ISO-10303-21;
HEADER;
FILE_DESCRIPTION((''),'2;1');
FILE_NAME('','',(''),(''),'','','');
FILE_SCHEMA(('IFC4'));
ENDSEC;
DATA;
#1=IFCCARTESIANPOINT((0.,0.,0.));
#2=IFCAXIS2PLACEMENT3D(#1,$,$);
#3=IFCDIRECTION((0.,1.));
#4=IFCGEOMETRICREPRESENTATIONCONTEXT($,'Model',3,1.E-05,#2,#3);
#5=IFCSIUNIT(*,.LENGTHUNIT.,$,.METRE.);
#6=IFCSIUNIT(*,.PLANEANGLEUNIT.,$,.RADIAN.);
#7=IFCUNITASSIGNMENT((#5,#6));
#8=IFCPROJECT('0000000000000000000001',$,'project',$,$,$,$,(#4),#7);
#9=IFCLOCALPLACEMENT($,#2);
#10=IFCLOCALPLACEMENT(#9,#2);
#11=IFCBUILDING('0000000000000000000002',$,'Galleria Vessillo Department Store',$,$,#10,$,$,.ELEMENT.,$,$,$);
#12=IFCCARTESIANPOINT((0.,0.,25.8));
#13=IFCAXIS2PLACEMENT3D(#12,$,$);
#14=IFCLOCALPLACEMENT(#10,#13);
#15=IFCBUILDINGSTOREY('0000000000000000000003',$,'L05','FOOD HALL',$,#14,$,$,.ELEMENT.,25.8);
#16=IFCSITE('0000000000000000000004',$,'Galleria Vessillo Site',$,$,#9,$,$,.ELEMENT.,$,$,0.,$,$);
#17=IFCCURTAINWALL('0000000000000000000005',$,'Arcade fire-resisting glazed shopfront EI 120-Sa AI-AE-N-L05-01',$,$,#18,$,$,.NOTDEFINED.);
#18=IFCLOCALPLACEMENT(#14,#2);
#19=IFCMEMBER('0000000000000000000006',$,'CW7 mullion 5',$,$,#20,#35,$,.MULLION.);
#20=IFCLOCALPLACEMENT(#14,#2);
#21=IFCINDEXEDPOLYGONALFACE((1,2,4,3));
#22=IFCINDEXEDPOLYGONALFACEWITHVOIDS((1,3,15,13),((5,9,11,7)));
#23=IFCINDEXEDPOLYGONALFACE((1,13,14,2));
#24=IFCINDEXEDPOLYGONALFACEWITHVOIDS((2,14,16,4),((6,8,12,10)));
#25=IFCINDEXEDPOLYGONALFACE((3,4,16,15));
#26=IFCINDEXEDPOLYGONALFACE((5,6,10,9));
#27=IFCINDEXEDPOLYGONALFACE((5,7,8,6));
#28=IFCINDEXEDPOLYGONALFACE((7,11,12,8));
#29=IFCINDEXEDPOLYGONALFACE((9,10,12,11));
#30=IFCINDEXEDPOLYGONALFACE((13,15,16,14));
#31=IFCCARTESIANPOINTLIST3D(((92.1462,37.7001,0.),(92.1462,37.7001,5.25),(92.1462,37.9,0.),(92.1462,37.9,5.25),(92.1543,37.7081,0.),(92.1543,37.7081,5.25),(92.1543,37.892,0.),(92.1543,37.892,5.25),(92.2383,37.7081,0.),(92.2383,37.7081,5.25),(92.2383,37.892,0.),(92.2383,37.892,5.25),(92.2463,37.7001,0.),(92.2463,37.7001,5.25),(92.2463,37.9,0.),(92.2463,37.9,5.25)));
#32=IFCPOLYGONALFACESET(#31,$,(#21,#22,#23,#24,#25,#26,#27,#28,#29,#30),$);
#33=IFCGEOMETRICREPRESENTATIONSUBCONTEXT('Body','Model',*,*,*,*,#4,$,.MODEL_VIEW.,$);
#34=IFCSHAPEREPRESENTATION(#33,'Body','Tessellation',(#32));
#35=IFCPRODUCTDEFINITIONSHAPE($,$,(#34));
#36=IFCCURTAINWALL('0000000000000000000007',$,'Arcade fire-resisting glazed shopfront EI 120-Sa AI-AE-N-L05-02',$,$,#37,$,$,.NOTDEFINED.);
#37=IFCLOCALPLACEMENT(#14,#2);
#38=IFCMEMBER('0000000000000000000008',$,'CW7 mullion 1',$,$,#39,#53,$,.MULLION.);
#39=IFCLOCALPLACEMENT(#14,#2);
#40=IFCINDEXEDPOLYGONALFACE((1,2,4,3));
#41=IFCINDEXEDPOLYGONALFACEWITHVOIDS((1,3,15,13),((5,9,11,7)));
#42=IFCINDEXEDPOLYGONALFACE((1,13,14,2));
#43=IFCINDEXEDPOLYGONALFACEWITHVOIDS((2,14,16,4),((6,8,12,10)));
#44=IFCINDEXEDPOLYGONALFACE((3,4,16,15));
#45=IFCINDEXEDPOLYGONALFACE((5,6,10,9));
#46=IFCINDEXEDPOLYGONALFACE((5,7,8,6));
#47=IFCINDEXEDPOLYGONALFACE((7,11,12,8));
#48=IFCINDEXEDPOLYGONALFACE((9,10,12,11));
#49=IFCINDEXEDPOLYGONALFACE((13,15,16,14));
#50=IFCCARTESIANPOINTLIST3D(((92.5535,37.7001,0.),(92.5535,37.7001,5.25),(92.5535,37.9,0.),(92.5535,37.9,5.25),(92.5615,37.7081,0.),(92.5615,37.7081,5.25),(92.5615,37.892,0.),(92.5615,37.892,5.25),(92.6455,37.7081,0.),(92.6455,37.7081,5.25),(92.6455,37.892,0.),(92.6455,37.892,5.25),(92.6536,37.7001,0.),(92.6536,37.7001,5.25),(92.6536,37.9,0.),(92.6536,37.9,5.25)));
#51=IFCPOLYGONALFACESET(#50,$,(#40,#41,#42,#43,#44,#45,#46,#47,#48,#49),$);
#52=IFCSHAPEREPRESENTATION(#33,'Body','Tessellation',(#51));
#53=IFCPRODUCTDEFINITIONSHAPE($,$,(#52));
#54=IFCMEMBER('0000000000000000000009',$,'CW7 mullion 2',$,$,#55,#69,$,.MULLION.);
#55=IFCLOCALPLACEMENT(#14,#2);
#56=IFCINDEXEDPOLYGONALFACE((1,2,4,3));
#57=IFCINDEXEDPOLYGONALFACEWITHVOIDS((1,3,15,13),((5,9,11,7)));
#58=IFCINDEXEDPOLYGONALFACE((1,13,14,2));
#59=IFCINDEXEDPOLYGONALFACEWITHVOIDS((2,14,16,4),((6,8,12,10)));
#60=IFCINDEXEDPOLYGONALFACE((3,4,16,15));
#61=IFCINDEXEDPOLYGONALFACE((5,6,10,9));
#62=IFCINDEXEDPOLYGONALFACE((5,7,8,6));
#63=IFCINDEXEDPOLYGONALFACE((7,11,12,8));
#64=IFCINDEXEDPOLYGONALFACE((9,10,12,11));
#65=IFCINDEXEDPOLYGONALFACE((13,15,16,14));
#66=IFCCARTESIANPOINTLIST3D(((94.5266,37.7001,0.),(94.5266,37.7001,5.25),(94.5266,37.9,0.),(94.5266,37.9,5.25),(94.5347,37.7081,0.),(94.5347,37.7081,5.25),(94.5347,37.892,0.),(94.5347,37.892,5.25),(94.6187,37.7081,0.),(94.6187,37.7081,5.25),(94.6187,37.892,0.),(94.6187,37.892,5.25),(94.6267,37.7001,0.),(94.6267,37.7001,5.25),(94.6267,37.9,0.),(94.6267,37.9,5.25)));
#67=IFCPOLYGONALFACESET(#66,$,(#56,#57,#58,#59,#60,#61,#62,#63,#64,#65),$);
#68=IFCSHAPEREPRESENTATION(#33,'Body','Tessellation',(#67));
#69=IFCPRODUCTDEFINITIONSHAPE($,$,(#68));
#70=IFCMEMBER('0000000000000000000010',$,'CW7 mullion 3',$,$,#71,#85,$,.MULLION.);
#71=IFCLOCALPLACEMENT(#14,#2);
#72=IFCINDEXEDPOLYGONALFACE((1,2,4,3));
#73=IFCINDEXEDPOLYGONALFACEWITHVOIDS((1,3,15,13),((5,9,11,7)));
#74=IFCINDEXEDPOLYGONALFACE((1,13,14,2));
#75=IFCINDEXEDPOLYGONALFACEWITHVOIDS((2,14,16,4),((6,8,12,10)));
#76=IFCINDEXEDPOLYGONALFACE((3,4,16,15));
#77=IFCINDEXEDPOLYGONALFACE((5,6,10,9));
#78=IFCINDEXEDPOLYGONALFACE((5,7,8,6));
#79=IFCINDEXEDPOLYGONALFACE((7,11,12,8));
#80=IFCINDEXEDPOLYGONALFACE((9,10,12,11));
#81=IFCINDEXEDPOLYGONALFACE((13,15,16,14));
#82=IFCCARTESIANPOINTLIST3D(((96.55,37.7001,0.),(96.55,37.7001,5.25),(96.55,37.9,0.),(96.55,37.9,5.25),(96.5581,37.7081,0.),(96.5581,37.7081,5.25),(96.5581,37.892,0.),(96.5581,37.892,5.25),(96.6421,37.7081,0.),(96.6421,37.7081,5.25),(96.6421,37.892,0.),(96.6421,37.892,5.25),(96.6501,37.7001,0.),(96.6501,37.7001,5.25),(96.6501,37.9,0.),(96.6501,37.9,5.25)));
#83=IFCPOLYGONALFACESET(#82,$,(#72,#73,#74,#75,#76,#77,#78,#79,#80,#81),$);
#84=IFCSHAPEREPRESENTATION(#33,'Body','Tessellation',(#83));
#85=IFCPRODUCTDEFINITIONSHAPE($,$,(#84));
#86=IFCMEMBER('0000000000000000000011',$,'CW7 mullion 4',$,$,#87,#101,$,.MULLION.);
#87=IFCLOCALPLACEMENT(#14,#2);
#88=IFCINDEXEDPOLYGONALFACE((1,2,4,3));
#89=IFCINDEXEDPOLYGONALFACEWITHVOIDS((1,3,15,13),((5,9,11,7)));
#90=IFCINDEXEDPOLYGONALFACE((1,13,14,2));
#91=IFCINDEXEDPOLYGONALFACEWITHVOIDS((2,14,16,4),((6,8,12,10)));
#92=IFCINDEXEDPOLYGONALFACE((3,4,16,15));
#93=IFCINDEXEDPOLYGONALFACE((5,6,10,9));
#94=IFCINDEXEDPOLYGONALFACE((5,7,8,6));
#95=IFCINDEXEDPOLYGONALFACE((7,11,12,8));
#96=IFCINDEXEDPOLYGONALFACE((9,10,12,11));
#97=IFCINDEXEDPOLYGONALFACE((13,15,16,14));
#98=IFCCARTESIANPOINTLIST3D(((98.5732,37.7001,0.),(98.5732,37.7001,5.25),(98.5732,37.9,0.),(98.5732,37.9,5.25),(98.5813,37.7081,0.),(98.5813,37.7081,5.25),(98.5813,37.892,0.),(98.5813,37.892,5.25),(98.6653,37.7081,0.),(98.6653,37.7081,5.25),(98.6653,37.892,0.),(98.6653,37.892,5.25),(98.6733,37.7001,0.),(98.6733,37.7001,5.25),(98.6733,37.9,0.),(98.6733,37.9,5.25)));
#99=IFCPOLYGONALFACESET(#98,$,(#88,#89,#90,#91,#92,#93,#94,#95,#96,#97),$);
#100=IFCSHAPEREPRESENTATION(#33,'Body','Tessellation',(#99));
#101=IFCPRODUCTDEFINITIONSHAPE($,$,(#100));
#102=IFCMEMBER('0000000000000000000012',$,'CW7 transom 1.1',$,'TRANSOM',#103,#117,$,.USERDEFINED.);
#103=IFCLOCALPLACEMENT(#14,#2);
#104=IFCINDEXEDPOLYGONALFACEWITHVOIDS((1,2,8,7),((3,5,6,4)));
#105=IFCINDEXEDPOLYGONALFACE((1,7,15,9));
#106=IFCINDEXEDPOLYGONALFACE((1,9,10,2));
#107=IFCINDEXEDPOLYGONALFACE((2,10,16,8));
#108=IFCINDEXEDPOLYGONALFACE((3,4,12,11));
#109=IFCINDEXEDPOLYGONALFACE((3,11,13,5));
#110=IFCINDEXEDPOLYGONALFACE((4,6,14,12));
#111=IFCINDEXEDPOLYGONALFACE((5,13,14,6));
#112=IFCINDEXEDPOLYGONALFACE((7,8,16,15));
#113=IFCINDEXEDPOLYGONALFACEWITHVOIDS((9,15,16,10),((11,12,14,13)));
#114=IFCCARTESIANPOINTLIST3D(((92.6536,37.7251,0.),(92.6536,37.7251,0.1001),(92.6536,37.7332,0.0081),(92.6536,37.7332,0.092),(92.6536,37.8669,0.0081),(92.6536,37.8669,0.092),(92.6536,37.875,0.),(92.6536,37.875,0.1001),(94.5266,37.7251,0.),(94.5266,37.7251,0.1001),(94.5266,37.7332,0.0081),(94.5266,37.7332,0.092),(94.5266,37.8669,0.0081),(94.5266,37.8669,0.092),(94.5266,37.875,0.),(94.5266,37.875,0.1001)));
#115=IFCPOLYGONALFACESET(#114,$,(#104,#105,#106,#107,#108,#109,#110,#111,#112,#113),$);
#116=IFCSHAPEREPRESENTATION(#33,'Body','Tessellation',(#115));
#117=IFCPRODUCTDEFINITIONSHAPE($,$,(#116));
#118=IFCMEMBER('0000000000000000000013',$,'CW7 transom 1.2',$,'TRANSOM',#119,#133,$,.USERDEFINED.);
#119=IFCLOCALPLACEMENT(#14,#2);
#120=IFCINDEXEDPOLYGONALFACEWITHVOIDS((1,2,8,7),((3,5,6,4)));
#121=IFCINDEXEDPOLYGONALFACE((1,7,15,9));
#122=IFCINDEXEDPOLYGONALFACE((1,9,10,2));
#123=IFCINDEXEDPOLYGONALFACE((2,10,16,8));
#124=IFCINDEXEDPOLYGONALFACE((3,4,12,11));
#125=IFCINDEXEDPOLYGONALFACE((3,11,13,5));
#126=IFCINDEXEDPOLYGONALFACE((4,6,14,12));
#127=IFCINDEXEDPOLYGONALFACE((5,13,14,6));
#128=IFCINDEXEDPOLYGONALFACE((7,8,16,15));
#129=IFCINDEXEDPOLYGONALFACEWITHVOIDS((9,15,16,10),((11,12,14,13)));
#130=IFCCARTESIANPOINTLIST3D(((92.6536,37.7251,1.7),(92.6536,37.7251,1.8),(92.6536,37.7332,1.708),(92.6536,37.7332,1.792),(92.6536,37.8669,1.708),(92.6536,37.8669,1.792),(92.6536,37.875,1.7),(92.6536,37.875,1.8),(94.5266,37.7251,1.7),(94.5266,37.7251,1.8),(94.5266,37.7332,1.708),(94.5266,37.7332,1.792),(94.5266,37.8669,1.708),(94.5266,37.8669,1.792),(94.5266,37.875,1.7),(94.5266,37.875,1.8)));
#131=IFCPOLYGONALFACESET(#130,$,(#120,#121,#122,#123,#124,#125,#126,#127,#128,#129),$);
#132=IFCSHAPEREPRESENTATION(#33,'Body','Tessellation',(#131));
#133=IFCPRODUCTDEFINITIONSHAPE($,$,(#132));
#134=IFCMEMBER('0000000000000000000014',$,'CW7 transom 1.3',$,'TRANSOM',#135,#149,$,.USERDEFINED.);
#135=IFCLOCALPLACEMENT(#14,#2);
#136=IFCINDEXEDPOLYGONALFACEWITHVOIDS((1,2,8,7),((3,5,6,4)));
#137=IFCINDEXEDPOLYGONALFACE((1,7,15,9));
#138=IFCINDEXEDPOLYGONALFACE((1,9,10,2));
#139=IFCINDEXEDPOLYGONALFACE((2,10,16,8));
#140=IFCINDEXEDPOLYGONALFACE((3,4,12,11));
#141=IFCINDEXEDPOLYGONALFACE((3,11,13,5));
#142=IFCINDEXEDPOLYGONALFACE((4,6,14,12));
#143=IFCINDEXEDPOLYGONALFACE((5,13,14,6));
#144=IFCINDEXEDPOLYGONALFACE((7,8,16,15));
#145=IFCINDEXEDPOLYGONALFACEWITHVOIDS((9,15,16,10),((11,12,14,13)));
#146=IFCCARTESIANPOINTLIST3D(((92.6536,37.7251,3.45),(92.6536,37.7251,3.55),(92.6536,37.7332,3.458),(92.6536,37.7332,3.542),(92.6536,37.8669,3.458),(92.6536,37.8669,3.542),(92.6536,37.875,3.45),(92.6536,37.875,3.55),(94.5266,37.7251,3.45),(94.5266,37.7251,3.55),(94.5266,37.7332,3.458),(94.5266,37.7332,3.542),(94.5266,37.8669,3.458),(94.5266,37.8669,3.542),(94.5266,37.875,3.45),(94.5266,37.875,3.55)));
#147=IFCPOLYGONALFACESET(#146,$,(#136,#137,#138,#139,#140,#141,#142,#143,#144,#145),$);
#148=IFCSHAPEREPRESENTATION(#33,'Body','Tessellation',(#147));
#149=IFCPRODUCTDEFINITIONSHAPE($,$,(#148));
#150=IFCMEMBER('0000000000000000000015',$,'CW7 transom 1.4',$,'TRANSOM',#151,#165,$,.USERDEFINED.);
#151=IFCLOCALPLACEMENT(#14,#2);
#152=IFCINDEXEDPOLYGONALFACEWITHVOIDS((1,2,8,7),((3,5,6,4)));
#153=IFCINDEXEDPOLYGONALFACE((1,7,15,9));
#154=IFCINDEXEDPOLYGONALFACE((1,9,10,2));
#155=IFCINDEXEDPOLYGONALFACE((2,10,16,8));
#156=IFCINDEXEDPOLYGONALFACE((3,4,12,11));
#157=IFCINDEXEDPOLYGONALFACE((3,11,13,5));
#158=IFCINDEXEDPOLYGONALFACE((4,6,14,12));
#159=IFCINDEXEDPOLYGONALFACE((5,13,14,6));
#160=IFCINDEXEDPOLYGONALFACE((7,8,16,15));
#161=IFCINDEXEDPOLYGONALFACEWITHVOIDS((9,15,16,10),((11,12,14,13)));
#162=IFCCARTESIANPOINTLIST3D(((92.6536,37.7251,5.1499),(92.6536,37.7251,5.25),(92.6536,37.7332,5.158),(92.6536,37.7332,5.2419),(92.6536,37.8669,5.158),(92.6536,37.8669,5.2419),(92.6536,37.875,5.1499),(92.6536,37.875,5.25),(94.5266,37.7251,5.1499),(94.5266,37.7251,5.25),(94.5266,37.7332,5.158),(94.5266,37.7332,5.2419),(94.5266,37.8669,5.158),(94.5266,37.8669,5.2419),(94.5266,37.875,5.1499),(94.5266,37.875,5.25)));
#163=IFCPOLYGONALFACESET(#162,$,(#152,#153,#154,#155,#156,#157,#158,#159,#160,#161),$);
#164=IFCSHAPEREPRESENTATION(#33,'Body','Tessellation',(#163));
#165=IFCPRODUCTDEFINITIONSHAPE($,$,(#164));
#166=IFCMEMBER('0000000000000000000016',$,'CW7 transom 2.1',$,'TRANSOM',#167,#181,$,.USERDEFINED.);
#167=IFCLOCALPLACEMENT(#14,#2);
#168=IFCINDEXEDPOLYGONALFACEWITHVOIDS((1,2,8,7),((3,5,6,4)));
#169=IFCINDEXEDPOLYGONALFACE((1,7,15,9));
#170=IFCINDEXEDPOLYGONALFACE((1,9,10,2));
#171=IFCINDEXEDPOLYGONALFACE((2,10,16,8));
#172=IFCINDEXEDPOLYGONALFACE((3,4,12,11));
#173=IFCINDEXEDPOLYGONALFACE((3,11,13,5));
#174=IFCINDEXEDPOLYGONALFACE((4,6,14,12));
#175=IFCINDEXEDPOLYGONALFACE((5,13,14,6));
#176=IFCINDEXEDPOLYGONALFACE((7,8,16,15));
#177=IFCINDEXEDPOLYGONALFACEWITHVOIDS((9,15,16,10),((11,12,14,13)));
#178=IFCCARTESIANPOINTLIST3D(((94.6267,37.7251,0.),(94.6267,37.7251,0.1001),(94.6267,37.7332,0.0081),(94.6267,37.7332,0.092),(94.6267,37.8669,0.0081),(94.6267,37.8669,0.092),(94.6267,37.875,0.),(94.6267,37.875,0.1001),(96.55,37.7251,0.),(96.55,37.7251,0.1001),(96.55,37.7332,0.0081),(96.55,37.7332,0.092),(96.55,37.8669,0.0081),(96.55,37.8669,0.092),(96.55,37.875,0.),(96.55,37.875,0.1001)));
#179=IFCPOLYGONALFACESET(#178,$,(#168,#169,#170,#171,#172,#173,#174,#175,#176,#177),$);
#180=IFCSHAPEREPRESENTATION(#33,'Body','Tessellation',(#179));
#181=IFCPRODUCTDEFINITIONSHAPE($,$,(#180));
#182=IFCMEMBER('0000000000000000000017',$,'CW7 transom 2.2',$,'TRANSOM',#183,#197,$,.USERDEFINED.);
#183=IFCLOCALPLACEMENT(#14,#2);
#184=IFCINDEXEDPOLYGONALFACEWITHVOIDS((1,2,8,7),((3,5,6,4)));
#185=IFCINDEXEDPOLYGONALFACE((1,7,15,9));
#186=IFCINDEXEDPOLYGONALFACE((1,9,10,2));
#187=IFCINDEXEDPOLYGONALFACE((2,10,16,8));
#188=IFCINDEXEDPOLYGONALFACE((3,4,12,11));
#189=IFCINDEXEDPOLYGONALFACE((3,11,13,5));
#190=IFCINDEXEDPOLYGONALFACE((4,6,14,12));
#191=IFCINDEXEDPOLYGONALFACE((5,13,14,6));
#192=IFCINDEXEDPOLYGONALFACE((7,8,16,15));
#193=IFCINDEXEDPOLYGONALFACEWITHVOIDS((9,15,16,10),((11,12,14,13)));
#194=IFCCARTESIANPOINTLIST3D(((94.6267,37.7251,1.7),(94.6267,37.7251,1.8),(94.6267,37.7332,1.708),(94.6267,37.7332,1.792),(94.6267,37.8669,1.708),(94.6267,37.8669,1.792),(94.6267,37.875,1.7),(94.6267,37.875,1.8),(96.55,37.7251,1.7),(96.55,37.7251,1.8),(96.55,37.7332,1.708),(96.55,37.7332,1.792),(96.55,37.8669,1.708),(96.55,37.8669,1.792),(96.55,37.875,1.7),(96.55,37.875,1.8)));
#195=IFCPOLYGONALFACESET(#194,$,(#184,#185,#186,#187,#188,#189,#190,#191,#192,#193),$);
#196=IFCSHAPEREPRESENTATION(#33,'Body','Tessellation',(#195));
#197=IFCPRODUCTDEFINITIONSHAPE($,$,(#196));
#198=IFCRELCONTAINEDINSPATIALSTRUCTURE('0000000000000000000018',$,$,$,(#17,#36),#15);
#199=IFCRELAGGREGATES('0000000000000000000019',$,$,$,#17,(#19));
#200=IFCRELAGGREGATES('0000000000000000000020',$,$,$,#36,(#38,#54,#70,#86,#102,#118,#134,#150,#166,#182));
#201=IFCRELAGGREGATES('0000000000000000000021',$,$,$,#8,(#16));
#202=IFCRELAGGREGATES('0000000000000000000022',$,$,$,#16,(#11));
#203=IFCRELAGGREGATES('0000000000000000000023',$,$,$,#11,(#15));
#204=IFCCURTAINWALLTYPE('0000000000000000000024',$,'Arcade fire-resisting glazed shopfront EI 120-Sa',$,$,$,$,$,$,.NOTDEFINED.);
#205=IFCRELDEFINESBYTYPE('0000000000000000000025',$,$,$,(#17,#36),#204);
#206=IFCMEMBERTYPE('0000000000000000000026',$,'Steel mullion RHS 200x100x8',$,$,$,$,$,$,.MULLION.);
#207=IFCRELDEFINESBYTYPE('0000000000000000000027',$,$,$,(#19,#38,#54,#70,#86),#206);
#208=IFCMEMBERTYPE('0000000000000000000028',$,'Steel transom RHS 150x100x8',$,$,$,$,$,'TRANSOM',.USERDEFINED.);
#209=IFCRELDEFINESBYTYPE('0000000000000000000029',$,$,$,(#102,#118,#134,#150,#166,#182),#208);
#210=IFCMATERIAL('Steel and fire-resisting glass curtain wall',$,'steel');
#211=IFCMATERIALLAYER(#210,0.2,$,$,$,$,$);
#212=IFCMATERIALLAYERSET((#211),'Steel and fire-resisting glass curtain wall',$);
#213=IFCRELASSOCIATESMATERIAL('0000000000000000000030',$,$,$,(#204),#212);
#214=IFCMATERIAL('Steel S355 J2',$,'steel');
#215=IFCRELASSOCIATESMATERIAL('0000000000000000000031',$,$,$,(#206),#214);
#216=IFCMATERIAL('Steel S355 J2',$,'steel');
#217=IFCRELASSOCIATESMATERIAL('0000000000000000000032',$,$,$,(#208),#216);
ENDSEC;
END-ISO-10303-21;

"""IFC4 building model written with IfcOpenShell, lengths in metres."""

from ifc_helpers import new_model, si_unit, direction, frame, origin, origin_2d, place, context, subcontext, project, spatial, hollow_rectangle, extrude, material, layer, layer_set, material_profile, profile_set, type_object, element, aggregate, save


model = new_model("IFC4")

# Units and contexts
model_context = context("Model", 3, precision=1e-05, world=origin(), true_north=direction((0.0, 1.0)))
body_context = subcontext(model_context, "Body", "Model", "MODEL_VIEW")
ifc_project = project(units=[si_unit("LENGTHUNIT", "METRE"), si_unit("PLANEANGLEUNIT", "RADIAN")], contexts=[model_context])

# Site, building, storey
site_placement = place(None, origin())
site = spatial("IfcSite", under=ifc_project, at=site_placement, Name="Galleria Vessillo Site", CompositionType="ELEMENT", RefElevation=0.0)
building_placement = place(site_placement, origin())
building = spatial("IfcBuilding", under=site, at=building_placement, Name="Galleria Vessillo Department Store", CompositionType="ELEMENT")
storey_placement = place(building_placement, frame((0.0, 0.0, 25.8)))
storey = spatial("IfcBuildingStorey", under=building, at=storey_placement, Name="L05", Description="FOOD HALL", CompositionType="ELEMENT", Elevation=25.8)

# Curtain wall, member
ifc_material_1 = material(Name="Steel and fire-resisting glass curtain wall", Category="steel")
ifc_layer_1 = layer(ifc_material_1, 0.2)
ifc_layer_set_1 = layer_set([ifc_layer_1], Name="Steel and fire-resisting glass curtain wall")
curtain_wall_type = type_object("IfcCurtainWallType", Name="Arcade fire-resisting glazed shopfront EI 120-Sa", PredefinedType="NOTDEFINED", material=ifc_layer_set_1)
curtain_wall_1_placement = place(storey_placement, origin())
curtain_wall_1 = element("IfcCurtainWall", 1, at=curtain_wall_1_placement, inside=storey, type_object=curtain_wall_type, Name="Arcade fire-resisting glazed shopfront EI 120-Sa AI-AE-N-L05-01", PredefinedType="NOTDEFINED")
ifc_material_2 = material(Name="Steel S355 J2", Category="steel")
ifc_material_profile_1 = material_profile(ifc_material_2, hollow_rectangle(XDim=0.2, YDim=0.1001, WallThickness=0.0081, at=origin_2d()), Name="RHS 200x100x8")
ifc_profile_set_1 = profile_set([ifc_material_profile_1], Name="Steel S355 J2")
member_type_1 = type_object("IfcMemberType", Name="Steel mullion RHS 200x100x8", PredefinedType="MULLION", material=ifc_profile_set_1)
member_1_placement = place(storey_placement, frame((92.1963, 37.8, 0.0), z_axis=(0.0, 0.0, 1.0), x_axis=(0.0, 1.0, 0.0)))
member_1 = element("IfcMember", 2, at=member_1_placement, type_object=member_type_1, Name="CW7 mullion 5", PredefinedType="MULLION", context=body_context, shape_type="SweptSolid", body=[
    extrude(hollow_rectangle(XDim=0.2, YDim=0.1001, WallThickness=0.0081, at=origin_2d()), origin(), (0.0, 0.0, 1.0), 5.25),
])

# Curtain wall, members
curtain_wall_2_placement = place(storey_placement, origin())
curtain_wall_2 = element("IfcCurtainWall", 3, at=curtain_wall_2_placement, inside=storey, type_object=curtain_wall_type, Name="Arcade fire-resisting glazed shopfront EI 120-Sa AI-AE-N-L05-02", PredefinedType="NOTDEFINED")
member_2_placement = place(storey_placement, frame((92.6035, 37.8, 0.0), z_axis=(0.0, 0.0, 1.0), x_axis=(0.0, 1.0, 0.0)))
member_2 = element("IfcMember", 4, at=member_2_placement, type_object=member_type_1, Name="CW7 mullion 1", PredefinedType="MULLION", context=body_context, shape_type="SweptSolid", body=[
    extrude(hollow_rectangle(XDim=0.2, YDim=0.1001, WallThickness=0.0081, at=origin_2d()), origin(), (0.0, 0.0, 1.0), 5.25),
])
member_3_placement = place(storey_placement, frame((94.5767, 37.8, 0.0), z_axis=(0.0, 0.0, 1.0), x_axis=(0.0, 1.0, 0.0)))
member_3 = element("IfcMember", 5, at=member_3_placement, type_object=member_type_1, Name="CW7 mullion 2", PredefinedType="MULLION", context=body_context, shape_type="SweptSolid", body=[
    extrude(hollow_rectangle(XDim=0.2, YDim=0.1001, WallThickness=0.0081, at=origin_2d()), origin(), (0.0, 0.0, 1.0), 5.25),
])
member_4_placement = place(storey_placement, frame((96.6001, 37.8, 0.0), z_axis=(0.0, 0.0, 1.0), x_axis=(0.0, 1.0, 0.0)))
member_4 = element("IfcMember", 6, at=member_4_placement, type_object=member_type_1, Name="CW7 mullion 3", PredefinedType="MULLION", context=body_context, shape_type="SweptSolid", body=[
    extrude(hollow_rectangle(XDim=0.2, YDim=0.1001, WallThickness=0.0081, at=origin_2d()), origin(), (0.0, 0.0, 1.0), 5.25),
])
member_5_placement = place(storey_placement, frame((98.6233, 37.8, 0.0), z_axis=(0.0, 0.0, 1.0), x_axis=(0.0, 1.0, 0.0)))
member_5 = element("IfcMember", 7, at=member_5_placement, type_object=member_type_1, Name="CW7 mullion 4", PredefinedType="MULLION", context=body_context, shape_type="SweptSolid", body=[
    extrude(hollow_rectangle(XDim=0.2, YDim=0.1001, WallThickness=0.0081, at=origin_2d()), origin(), (0.0, 0.0, 1.0), 5.25),
])
ifc_material_3 = material(Name="Steel S355 J2", Category="steel")
ifc_material_profile_2 = material_profile(ifc_material_3, hollow_rectangle(XDim=0.1499, YDim=0.1001, WallThickness=0.0081, at=origin_2d()), Name="RHS 150x100x8")
ifc_profile_set_2 = profile_set([ifc_material_profile_2], Name="Steel S355 J2")
member_type_2 = type_object("IfcMemberType", Name="Steel transom RHS 150x100x8", ElementType="TRANSOM", PredefinedType="USERDEFINED", material=ifc_profile_set_2)
member_6_placement = place(storey_placement, frame((92.6536, 37.8, 0.05), z_axis=(1.0, 0.0, 0.0), x_axis=(0.0, 1.0, 0.0)))
member_6 = element("IfcMember", 8, at=member_6_placement, type_object=member_type_2, Name="CW7 transom 1.1", ObjectType="TRANSOM", PredefinedType="USERDEFINED", context=body_context, shape_type="SweptSolid", body=[
    extrude(hollow_rectangle(XDim=0.1499, YDim=0.1001, WallThickness=0.0081, at=origin_2d()), origin(), (0.0, 0.0, 1.0), 1.873),
])
member_7_placement = place(storey_placement, frame((92.6536, 37.8, 1.75), z_axis=(1.0, 0.0, 0.0), x_axis=(0.0, 1.0, 0.0)))
member_7 = element("IfcMember", 9, at=member_7_placement, type_object=member_type_2, Name="CW7 transom 1.2", ObjectType="TRANSOM", PredefinedType="USERDEFINED", context=body_context, shape_type="SweptSolid", body=[
    extrude(hollow_rectangle(XDim=0.1499, YDim=0.1001, WallThickness=0.0081, at=origin_2d()), origin(), (0.0, 0.0, 1.0), 1.873),
])
member_8_placement = place(storey_placement, frame((92.6536, 37.8, 3.5), z_axis=(1.0, 0.0, 0.0), x_axis=(0.0, 1.0, 0.0)))
member_8 = element("IfcMember", 10, at=member_8_placement, type_object=member_type_2, Name="CW7 transom 1.3", ObjectType="TRANSOM", PredefinedType="USERDEFINED", context=body_context, shape_type="SweptSolid", body=[
    extrude(hollow_rectangle(XDim=0.1499, YDim=0.1001, WallThickness=0.0081, at=origin_2d()), origin(), (0.0, 0.0, 1.0), 1.873),
])
member_9_placement = place(storey_placement, frame((92.6536, 37.8, 5.2), z_axis=(1.0, 0.0, 0.0), x_axis=(0.0, 1.0, 0.0)))
member_9 = element("IfcMember", 11, at=member_9_placement, type_object=member_type_2, Name="CW7 transom 1.4", ObjectType="TRANSOM", PredefinedType="USERDEFINED", context=body_context, shape_type="SweptSolid", body=[
    extrude(hollow_rectangle(XDim=0.1499, YDim=0.1001, WallThickness=0.0081, at=origin_2d()), origin(), (0.0, 0.0, 1.0), 1.873),
])
member_10_placement = place(storey_placement, frame((94.6267, 37.8, 0.05), z_axis=(1.0, 0.0, 0.0), x_axis=(0.0, 1.0, 0.0)))
member_10 = element("IfcMember", 12, at=member_10_placement, type_object=member_type_2, Name="CW7 transom 2.1", ObjectType="TRANSOM", PredefinedType="USERDEFINED", context=body_context, shape_type="SweptSolid", body=[
    extrude(hollow_rectangle(XDim=0.1499, YDim=0.1001, WallThickness=0.0081, at=origin_2d()), origin(), (0.0, 0.0, 1.0), 1.9233),
])
member_11_placement = place(storey_placement, frame((94.6267, 37.8, 1.75), z_axis=(1.0, 0.0, 0.0), x_axis=(0.0, 1.0, 0.0)))
member_11 = element("IfcMember", 13, at=member_11_placement, type_object=member_type_2, Name="CW7 transom 2.2", ObjectType="TRANSOM", PredefinedType="USERDEFINED", context=body_context, shape_type="SweptSolid", body=[
    extrude(hollow_rectangle(XDim=0.1499, YDim=0.1001, WallThickness=0.0081, at=origin_2d()), origin(), (0.0, 0.0, 1.0), 1.9233),
])

aggregate(curtain_wall_1, [member_1])
aggregate(curtain_wall_2, [member_2, member_3, member_4, member_5, member_6, member_7, member_8, member_9, member_10, member_11])

save(model, "model.ifc")
